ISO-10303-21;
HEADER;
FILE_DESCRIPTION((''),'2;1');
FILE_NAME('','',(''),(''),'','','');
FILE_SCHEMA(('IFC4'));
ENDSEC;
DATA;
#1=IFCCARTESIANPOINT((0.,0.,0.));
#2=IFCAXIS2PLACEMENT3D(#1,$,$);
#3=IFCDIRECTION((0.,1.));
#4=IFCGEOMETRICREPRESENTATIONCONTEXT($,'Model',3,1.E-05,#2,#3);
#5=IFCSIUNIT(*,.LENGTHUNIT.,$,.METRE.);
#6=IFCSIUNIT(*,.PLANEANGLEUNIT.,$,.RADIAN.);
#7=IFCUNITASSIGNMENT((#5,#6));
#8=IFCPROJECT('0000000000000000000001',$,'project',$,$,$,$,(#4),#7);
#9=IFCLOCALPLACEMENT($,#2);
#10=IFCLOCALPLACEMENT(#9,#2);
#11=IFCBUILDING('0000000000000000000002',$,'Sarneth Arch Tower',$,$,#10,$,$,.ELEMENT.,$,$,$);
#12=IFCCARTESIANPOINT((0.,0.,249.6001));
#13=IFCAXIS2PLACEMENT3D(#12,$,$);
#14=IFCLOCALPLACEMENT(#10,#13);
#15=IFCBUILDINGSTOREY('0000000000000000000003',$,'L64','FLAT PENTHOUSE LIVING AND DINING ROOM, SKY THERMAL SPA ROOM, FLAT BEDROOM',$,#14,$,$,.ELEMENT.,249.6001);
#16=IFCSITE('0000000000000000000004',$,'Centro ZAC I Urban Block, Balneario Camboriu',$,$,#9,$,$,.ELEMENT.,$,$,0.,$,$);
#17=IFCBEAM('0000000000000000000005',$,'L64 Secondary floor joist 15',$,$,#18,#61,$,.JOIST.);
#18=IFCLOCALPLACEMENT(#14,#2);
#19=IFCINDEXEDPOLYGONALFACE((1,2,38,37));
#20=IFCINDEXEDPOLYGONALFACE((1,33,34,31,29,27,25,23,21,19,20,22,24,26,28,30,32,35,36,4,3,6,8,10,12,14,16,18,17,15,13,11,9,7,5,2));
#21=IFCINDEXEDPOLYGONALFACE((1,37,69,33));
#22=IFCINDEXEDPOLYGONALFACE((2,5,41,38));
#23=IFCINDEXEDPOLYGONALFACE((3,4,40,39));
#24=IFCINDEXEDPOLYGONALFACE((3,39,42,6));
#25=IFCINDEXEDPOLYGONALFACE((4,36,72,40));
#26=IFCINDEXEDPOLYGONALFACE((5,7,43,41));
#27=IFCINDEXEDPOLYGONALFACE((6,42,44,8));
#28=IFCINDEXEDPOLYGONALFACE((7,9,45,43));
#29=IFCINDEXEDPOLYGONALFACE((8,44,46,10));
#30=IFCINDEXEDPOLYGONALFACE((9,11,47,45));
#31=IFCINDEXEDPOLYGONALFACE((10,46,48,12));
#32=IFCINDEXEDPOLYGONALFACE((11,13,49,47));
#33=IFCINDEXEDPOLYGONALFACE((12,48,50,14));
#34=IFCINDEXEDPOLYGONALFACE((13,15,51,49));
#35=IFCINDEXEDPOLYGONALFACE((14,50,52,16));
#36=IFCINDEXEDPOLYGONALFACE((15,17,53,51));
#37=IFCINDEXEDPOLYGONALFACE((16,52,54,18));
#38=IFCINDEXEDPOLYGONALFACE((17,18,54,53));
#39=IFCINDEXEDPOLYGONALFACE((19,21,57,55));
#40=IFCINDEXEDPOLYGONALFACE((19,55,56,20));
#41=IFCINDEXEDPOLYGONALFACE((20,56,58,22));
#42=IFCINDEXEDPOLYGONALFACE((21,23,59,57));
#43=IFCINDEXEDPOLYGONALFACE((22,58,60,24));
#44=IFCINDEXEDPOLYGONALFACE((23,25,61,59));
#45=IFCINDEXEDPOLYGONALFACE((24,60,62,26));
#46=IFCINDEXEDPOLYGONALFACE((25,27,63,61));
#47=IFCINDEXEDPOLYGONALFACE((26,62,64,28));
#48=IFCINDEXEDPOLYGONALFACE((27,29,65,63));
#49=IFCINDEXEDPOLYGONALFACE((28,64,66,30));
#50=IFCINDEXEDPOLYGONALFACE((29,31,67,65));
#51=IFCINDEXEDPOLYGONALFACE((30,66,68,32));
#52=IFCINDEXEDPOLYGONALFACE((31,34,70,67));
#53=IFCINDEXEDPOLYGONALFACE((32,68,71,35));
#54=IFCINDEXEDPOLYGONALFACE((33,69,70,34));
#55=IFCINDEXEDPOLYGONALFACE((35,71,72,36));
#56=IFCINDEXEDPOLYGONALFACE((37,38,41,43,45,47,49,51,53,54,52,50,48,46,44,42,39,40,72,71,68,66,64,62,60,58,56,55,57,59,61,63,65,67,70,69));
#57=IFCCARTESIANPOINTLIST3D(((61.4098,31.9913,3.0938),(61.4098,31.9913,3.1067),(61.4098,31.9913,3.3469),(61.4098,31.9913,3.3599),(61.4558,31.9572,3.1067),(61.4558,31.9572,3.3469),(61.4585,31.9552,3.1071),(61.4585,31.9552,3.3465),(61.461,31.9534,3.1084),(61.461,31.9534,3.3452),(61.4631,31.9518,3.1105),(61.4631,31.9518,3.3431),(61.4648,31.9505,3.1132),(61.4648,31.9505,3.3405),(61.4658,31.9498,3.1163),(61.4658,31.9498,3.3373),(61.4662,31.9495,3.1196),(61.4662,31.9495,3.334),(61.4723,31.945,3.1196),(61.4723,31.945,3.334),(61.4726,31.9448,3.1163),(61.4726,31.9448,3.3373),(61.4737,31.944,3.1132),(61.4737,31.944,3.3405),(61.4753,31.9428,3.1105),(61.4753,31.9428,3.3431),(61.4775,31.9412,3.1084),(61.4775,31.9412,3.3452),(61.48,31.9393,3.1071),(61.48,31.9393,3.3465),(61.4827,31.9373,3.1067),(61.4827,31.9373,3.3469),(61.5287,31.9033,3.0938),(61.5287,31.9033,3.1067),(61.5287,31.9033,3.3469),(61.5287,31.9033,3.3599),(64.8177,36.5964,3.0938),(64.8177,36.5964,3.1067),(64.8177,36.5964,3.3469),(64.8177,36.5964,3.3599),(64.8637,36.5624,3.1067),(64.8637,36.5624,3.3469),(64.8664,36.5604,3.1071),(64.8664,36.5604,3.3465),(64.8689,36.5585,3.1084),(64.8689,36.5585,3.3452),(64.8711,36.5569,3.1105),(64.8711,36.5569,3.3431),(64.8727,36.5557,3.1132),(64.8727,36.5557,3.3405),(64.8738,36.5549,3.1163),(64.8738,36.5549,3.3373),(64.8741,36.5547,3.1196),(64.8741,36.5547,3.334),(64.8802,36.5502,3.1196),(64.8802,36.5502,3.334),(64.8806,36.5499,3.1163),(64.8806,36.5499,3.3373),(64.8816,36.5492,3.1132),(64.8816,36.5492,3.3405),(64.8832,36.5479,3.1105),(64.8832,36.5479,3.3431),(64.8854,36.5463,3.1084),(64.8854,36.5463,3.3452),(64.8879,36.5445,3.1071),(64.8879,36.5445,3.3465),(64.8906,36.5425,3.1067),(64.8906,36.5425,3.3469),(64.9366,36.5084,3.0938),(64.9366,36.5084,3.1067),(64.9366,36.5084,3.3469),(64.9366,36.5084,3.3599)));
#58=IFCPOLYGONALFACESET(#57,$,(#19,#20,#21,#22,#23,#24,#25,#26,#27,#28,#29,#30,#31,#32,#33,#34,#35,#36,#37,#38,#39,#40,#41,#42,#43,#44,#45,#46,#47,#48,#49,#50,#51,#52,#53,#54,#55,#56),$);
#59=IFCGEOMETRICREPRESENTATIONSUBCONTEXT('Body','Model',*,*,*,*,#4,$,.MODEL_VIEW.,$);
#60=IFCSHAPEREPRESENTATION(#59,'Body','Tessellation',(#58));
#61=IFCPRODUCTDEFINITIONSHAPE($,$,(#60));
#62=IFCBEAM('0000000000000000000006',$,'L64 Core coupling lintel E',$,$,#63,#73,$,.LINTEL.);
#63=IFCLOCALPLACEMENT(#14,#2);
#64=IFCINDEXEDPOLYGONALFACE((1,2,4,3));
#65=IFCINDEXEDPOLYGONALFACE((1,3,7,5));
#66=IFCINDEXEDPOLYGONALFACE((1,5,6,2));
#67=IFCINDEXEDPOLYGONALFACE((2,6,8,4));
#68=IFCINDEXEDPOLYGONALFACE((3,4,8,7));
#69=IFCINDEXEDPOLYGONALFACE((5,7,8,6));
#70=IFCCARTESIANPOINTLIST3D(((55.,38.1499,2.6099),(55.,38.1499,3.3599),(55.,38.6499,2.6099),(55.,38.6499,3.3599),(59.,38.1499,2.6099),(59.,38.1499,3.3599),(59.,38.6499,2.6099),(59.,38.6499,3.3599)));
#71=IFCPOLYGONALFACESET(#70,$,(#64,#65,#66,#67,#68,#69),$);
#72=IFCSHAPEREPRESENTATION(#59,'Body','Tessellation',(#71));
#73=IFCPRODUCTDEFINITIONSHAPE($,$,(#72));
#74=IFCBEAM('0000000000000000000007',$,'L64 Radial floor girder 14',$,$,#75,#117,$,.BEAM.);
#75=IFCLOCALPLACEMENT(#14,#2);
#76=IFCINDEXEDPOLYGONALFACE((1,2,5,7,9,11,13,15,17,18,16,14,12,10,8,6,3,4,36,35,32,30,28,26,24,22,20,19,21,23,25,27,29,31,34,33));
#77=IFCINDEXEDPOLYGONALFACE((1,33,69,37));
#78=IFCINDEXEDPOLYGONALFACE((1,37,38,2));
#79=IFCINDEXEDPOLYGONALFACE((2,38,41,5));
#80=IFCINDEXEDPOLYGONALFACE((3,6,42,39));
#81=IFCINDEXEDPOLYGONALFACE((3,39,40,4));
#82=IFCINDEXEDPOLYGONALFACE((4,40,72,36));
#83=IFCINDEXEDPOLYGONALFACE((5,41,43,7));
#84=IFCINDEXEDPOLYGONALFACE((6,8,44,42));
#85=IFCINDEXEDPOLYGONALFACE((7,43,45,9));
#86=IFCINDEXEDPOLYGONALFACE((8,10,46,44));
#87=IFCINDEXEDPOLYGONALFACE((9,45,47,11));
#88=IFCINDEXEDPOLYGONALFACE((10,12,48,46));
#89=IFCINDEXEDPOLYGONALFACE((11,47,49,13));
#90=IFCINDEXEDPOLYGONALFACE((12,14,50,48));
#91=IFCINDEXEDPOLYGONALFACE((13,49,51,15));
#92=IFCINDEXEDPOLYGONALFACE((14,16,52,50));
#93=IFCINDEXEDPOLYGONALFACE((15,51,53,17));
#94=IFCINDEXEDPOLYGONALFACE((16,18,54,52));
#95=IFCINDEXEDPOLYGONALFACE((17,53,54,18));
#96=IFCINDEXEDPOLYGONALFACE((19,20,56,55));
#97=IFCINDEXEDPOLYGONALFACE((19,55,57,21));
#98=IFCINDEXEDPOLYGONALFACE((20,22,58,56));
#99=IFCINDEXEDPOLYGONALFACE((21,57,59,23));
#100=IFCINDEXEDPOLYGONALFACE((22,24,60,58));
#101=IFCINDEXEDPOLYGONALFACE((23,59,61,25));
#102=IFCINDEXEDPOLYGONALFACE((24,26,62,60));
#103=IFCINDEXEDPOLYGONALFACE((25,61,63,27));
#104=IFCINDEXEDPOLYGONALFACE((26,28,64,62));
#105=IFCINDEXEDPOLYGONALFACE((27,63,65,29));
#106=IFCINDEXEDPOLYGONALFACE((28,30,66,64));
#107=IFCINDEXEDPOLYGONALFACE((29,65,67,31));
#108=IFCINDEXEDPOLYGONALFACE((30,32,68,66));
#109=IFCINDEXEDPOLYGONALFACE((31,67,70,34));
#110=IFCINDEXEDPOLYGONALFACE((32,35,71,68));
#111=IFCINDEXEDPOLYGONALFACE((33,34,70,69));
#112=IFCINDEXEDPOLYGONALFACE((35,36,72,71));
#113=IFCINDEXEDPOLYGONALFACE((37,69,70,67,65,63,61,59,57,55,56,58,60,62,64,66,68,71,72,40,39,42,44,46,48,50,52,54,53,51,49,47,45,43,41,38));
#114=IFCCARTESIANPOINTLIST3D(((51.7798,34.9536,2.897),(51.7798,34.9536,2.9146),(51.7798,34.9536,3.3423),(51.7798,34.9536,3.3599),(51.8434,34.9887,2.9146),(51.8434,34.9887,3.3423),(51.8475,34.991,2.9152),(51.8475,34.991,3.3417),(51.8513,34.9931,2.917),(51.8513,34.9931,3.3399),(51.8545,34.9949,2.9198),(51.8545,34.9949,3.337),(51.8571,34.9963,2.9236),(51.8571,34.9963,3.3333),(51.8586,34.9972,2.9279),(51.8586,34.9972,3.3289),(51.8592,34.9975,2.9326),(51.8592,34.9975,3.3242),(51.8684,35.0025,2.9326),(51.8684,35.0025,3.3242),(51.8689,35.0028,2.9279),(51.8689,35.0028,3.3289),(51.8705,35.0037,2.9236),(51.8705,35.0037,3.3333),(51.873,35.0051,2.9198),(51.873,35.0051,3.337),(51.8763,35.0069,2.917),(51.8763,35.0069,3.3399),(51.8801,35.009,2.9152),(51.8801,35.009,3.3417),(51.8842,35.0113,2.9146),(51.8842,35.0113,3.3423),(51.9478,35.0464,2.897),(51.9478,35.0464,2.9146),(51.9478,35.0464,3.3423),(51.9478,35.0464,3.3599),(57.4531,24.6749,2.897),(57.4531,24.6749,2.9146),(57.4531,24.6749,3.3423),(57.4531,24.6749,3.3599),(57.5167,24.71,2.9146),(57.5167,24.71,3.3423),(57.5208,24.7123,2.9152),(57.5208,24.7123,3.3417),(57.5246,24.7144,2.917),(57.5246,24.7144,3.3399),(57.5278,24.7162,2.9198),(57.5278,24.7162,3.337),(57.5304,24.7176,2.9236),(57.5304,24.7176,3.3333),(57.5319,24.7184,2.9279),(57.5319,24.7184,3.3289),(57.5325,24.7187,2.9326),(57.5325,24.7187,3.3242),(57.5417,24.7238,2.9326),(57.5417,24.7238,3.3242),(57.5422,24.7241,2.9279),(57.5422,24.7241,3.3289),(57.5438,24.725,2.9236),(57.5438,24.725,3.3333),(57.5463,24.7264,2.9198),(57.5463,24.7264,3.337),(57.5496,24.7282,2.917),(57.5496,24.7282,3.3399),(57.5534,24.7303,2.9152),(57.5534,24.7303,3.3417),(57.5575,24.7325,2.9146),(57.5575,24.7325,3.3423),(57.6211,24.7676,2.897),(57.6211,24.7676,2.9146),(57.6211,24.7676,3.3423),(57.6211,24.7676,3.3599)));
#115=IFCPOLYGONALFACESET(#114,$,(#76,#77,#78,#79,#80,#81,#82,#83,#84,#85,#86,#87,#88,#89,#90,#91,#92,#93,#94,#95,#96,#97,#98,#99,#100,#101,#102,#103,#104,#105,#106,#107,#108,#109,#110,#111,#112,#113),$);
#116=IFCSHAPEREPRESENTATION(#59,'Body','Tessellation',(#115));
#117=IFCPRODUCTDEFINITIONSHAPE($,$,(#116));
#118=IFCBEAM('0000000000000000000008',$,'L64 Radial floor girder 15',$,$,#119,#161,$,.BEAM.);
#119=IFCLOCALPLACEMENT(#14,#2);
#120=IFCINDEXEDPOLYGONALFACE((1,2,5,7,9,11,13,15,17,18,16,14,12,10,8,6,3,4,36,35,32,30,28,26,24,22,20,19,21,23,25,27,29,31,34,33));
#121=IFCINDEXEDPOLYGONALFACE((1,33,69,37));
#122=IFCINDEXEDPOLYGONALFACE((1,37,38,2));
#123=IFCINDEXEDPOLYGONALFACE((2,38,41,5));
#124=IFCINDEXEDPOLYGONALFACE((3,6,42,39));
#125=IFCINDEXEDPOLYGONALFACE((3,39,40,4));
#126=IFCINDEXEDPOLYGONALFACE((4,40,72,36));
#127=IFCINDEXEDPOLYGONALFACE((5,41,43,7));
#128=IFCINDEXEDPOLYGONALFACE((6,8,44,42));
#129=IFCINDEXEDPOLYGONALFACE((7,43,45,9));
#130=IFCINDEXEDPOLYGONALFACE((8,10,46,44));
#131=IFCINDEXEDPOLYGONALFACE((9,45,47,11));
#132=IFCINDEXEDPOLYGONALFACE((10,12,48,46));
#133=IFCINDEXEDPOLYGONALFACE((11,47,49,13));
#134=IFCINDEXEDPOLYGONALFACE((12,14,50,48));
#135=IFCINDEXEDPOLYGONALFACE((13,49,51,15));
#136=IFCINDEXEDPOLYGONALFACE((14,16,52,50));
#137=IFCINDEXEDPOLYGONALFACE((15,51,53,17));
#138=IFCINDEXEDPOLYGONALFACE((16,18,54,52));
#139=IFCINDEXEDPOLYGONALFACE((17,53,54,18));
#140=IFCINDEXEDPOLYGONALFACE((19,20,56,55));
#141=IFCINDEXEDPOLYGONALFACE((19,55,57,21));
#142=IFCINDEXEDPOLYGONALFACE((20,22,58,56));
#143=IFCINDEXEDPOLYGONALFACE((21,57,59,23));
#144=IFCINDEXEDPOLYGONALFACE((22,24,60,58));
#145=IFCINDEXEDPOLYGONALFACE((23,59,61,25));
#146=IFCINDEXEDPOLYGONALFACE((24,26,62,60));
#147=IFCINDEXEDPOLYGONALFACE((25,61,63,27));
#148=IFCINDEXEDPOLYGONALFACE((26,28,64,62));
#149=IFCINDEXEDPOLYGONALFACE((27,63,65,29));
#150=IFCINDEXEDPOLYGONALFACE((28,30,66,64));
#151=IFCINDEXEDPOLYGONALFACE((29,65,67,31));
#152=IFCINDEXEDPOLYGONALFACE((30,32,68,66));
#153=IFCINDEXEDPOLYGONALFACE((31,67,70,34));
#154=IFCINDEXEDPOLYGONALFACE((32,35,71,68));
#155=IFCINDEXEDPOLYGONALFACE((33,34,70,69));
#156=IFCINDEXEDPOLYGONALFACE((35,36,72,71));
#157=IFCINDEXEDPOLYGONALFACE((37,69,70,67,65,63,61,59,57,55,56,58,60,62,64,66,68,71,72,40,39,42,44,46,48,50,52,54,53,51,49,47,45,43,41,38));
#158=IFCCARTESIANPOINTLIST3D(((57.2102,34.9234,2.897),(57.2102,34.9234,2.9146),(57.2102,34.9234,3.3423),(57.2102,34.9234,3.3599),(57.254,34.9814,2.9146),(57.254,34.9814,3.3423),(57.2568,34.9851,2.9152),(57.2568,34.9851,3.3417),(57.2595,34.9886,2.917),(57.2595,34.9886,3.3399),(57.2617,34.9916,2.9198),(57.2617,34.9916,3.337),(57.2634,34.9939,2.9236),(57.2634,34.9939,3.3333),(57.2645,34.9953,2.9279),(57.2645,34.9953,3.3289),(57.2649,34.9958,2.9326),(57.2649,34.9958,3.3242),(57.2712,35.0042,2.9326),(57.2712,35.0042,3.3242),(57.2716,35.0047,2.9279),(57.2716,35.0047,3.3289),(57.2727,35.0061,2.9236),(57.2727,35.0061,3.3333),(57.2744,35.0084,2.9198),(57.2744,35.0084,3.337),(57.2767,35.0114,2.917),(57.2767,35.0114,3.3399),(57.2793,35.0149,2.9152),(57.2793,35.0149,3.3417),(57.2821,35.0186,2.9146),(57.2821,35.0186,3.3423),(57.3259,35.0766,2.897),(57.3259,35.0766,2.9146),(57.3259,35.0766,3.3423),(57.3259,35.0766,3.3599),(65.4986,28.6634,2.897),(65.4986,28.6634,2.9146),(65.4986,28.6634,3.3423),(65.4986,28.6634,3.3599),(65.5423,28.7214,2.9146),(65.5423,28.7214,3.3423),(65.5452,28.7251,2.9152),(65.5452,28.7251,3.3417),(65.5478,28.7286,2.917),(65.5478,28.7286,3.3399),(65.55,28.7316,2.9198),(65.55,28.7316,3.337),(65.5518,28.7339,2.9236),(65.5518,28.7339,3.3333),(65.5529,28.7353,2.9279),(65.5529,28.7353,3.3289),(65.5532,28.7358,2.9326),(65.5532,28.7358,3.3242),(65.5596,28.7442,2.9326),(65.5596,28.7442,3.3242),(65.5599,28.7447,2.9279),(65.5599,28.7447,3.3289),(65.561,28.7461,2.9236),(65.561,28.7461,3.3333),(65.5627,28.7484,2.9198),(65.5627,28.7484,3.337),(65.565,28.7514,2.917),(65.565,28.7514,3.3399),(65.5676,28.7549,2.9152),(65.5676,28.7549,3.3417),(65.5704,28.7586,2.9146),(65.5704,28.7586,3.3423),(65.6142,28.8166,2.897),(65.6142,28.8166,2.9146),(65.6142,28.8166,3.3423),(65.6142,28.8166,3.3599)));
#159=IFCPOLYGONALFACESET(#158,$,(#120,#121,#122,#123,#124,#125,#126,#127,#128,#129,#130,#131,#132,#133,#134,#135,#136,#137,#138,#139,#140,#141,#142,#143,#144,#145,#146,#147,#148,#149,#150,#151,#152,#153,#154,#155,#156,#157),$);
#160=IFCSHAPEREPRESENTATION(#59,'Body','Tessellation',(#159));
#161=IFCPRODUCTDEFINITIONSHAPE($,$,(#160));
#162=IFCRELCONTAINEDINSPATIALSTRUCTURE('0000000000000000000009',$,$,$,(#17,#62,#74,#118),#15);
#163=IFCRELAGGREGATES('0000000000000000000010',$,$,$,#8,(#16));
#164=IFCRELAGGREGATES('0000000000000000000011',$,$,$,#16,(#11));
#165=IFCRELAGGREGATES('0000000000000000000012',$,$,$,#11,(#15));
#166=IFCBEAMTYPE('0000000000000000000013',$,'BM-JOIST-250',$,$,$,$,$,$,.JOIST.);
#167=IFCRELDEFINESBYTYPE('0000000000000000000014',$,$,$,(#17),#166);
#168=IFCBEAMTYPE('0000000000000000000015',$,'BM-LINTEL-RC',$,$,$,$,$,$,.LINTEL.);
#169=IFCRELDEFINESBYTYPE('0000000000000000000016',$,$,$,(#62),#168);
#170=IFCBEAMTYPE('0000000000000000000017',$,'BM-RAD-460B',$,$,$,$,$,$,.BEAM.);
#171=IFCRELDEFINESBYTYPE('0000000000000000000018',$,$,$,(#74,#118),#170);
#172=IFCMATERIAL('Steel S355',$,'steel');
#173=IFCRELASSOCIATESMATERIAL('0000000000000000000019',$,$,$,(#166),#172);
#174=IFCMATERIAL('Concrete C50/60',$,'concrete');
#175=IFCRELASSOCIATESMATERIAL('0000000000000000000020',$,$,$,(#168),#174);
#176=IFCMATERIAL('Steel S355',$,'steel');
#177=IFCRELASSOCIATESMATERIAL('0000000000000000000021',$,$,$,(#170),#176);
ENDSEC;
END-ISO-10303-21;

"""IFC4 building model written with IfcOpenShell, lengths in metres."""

from ifc_helpers import new_model, si_unit, direction, frame, origin, origin_2d, place, context, subcontext, project, spatial, rectangle, i_section, extrude, material, material_profile, profile_set, type_object, element, save


model = new_model("IFC4")

# Units and contexts
model_context = context("Model", 3, precision=1e-05, world=origin(), true_north=direction((0.0, 1.0)))
body_context = subcontext(model_context, "Body", "Model", "MODEL_VIEW")
ifc_project = project(units=[si_unit("LENGTHUNIT", "METRE"), si_unit("PLANEANGLEUNIT", "RADIAN")], contexts=[model_context])

# Site, building, storey
site_placement = place(None, origin())
site = spatial("IfcSite", under=ifc_project, at=site_placement, Name="Centro ZAC I Urban Block, Balneario Camboriu", CompositionType="ELEMENT", RefElevation=0.0)
building_placement = place(site_placement, origin())
building = spatial("IfcBuilding", under=site, at=building_placement, Name="Sarneth Arch Tower", CompositionType="ELEMENT")
storey_placement = place(building_placement, frame((0.0, 0.0, 249.6001)))
storey = spatial("IfcBuildingStorey", under=building, at=storey_placement, Name="L64", Description="FLAT PENTHOUSE LIVING AND DINING ROOM, SKY THERMAL SPA ROOM, FLAT BEDROOM", CompositionType="ELEMENT", Elevation=249.6001)

# Beams
ifc_material_1 = material(Name="Steel S355", Category="steel")
ifc_material_profile_1 = material_profile(ifc_material_1, i_section(OverallWidth=0.1479, OverallDepth=0.2661, WebThickness=0.0076, FlangeThickness=0.0129, FilletRadius=0.0129, at=origin_2d()), Name="W250x44.8")
ifc_profile_set_1 = profile_set([ifc_material_profile_1], Name="Steel S355")
beam_type_1 = type_object("IfcBeamType", Name="BM-JOIST-250", PredefinedType="JOIST", material=ifc_profile_set_1)
beam_1_placement = place(storey_placement, frame((61.4692, 31.9473, 3.2268), z_axis=(0.594853, 0.803834, 0.0), x_axis=(-0.803834, 0.594853, 0.0)))
element("IfcBeam", 1, at=beam_1_placement, inside=storey, type_object=beam_type_1, Name="L64 Secondary floor joist 15", PredefinedType="JOIST", context=body_context, shape_type="SweptSolid", body=[
    extrude(i_section(OverallWidth=0.1479, OverallDepth=0.2661, WebThickness=0.0076, FlangeThickness=0.0129, FilletRadius=0.0129, at=origin_2d()), origin(), (0.0, 0.0, 1.0), 5.729),
])
ifc_material_2 = material(Name="Concrete C50/60", Category="concrete")
ifc_material_profile_2 = material_profile(ifc_material_2, rectangle(XDim=0.5, YDim=0.75, at=origin_2d()), Name="RC-500x750")
ifc_profile_set_2 = profile_set([ifc_material_profile_2], Name="Concrete C50/60")
beam_type_2 = type_object("IfcBeamType", Name="BM-LINTEL-RC", PredefinedType="LINTEL", material=ifc_profile_set_2)
beam_2_placement = place(storey_placement, frame((55.0, 38.3999, 2.9849), z_axis=(1.0, 0.0, 0.0), x_axis=(0.0, 1.0, 0.0)))
element("IfcBeam", 2, at=beam_2_placement, inside=storey, type_object=beam_type_2, Name="L64 Core coupling lintel E", PredefinedType="LINTEL", context=body_context, shape_type="SweptSolid", body=[
    extrude(rectangle(XDim=0.5, YDim=0.75, at=origin_2d()), origin(), (0.0, 0.0, 1.0), 4.0),
])
ifc_material_3 = material(Name="Steel S355", Category="steel")
ifc_material_profile_3 = material_profile(ifc_material_3, i_section(OverallWidth=0.1919, OverallDepth=0.4629, WebThickness=0.0105, FlangeThickness=0.0176, FilletRadius=0.0181, at=origin_2d()), Name="W460x89")
ifc_profile_set_3 = profile_set([ifc_material_profile_3], Name="Steel S355")
beam_type_3 = type_object("IfcBeamType", Name="BM-RAD-460B", PredefinedType="BEAM", material=ifc_profile_set_3)
beam_3_placement = place(storey_placement, frame((51.8638, 35.0, 3.1284), z_axis=(0.483226, -0.875496, 0.0), x_axis=(0.875496, 0.483226, 0.0)))
element("IfcBeam", 3, at=beam_3_placement, inside=storey, type_object=beam_type_3, Name="L64 Radial floor girder 14", PredefinedType="BEAM", context=body_context, shape_type="SweptSolid", body=[
    extrude(i_section(OverallWidth=0.1919, OverallDepth=0.4629, WebThickness=0.0105, FlangeThickness=0.0176, FilletRadius=0.0181, at=origin_2d()), origin(), (0.0, 0.0, 1.0), 11.7405),
])
beam_4_placement = place(storey_placement, frame((57.2681, 35.0, 3.1284), z_axis=(0.797973, -0.602693, 0.0), x_axis=(0.602693, 0.797973, 0.0)))
element("IfcBeam", 4, at=beam_4_placement, inside=storey, type_object=beam_type_3, Name="L64 Radial floor girder 15", PredefinedType="BEAM", context=body_context, shape_type="SweptSolid", body=[
    extrude(i_section(OverallWidth=0.1919, OverallDepth=0.4629, WebThickness=0.0105, FlangeThickness=0.0176, FilletRadius=0.0181, at=origin_2d()), origin(), (0.0, 0.0, 1.0), 10.3867),
])

save(model, "model.ifc")
